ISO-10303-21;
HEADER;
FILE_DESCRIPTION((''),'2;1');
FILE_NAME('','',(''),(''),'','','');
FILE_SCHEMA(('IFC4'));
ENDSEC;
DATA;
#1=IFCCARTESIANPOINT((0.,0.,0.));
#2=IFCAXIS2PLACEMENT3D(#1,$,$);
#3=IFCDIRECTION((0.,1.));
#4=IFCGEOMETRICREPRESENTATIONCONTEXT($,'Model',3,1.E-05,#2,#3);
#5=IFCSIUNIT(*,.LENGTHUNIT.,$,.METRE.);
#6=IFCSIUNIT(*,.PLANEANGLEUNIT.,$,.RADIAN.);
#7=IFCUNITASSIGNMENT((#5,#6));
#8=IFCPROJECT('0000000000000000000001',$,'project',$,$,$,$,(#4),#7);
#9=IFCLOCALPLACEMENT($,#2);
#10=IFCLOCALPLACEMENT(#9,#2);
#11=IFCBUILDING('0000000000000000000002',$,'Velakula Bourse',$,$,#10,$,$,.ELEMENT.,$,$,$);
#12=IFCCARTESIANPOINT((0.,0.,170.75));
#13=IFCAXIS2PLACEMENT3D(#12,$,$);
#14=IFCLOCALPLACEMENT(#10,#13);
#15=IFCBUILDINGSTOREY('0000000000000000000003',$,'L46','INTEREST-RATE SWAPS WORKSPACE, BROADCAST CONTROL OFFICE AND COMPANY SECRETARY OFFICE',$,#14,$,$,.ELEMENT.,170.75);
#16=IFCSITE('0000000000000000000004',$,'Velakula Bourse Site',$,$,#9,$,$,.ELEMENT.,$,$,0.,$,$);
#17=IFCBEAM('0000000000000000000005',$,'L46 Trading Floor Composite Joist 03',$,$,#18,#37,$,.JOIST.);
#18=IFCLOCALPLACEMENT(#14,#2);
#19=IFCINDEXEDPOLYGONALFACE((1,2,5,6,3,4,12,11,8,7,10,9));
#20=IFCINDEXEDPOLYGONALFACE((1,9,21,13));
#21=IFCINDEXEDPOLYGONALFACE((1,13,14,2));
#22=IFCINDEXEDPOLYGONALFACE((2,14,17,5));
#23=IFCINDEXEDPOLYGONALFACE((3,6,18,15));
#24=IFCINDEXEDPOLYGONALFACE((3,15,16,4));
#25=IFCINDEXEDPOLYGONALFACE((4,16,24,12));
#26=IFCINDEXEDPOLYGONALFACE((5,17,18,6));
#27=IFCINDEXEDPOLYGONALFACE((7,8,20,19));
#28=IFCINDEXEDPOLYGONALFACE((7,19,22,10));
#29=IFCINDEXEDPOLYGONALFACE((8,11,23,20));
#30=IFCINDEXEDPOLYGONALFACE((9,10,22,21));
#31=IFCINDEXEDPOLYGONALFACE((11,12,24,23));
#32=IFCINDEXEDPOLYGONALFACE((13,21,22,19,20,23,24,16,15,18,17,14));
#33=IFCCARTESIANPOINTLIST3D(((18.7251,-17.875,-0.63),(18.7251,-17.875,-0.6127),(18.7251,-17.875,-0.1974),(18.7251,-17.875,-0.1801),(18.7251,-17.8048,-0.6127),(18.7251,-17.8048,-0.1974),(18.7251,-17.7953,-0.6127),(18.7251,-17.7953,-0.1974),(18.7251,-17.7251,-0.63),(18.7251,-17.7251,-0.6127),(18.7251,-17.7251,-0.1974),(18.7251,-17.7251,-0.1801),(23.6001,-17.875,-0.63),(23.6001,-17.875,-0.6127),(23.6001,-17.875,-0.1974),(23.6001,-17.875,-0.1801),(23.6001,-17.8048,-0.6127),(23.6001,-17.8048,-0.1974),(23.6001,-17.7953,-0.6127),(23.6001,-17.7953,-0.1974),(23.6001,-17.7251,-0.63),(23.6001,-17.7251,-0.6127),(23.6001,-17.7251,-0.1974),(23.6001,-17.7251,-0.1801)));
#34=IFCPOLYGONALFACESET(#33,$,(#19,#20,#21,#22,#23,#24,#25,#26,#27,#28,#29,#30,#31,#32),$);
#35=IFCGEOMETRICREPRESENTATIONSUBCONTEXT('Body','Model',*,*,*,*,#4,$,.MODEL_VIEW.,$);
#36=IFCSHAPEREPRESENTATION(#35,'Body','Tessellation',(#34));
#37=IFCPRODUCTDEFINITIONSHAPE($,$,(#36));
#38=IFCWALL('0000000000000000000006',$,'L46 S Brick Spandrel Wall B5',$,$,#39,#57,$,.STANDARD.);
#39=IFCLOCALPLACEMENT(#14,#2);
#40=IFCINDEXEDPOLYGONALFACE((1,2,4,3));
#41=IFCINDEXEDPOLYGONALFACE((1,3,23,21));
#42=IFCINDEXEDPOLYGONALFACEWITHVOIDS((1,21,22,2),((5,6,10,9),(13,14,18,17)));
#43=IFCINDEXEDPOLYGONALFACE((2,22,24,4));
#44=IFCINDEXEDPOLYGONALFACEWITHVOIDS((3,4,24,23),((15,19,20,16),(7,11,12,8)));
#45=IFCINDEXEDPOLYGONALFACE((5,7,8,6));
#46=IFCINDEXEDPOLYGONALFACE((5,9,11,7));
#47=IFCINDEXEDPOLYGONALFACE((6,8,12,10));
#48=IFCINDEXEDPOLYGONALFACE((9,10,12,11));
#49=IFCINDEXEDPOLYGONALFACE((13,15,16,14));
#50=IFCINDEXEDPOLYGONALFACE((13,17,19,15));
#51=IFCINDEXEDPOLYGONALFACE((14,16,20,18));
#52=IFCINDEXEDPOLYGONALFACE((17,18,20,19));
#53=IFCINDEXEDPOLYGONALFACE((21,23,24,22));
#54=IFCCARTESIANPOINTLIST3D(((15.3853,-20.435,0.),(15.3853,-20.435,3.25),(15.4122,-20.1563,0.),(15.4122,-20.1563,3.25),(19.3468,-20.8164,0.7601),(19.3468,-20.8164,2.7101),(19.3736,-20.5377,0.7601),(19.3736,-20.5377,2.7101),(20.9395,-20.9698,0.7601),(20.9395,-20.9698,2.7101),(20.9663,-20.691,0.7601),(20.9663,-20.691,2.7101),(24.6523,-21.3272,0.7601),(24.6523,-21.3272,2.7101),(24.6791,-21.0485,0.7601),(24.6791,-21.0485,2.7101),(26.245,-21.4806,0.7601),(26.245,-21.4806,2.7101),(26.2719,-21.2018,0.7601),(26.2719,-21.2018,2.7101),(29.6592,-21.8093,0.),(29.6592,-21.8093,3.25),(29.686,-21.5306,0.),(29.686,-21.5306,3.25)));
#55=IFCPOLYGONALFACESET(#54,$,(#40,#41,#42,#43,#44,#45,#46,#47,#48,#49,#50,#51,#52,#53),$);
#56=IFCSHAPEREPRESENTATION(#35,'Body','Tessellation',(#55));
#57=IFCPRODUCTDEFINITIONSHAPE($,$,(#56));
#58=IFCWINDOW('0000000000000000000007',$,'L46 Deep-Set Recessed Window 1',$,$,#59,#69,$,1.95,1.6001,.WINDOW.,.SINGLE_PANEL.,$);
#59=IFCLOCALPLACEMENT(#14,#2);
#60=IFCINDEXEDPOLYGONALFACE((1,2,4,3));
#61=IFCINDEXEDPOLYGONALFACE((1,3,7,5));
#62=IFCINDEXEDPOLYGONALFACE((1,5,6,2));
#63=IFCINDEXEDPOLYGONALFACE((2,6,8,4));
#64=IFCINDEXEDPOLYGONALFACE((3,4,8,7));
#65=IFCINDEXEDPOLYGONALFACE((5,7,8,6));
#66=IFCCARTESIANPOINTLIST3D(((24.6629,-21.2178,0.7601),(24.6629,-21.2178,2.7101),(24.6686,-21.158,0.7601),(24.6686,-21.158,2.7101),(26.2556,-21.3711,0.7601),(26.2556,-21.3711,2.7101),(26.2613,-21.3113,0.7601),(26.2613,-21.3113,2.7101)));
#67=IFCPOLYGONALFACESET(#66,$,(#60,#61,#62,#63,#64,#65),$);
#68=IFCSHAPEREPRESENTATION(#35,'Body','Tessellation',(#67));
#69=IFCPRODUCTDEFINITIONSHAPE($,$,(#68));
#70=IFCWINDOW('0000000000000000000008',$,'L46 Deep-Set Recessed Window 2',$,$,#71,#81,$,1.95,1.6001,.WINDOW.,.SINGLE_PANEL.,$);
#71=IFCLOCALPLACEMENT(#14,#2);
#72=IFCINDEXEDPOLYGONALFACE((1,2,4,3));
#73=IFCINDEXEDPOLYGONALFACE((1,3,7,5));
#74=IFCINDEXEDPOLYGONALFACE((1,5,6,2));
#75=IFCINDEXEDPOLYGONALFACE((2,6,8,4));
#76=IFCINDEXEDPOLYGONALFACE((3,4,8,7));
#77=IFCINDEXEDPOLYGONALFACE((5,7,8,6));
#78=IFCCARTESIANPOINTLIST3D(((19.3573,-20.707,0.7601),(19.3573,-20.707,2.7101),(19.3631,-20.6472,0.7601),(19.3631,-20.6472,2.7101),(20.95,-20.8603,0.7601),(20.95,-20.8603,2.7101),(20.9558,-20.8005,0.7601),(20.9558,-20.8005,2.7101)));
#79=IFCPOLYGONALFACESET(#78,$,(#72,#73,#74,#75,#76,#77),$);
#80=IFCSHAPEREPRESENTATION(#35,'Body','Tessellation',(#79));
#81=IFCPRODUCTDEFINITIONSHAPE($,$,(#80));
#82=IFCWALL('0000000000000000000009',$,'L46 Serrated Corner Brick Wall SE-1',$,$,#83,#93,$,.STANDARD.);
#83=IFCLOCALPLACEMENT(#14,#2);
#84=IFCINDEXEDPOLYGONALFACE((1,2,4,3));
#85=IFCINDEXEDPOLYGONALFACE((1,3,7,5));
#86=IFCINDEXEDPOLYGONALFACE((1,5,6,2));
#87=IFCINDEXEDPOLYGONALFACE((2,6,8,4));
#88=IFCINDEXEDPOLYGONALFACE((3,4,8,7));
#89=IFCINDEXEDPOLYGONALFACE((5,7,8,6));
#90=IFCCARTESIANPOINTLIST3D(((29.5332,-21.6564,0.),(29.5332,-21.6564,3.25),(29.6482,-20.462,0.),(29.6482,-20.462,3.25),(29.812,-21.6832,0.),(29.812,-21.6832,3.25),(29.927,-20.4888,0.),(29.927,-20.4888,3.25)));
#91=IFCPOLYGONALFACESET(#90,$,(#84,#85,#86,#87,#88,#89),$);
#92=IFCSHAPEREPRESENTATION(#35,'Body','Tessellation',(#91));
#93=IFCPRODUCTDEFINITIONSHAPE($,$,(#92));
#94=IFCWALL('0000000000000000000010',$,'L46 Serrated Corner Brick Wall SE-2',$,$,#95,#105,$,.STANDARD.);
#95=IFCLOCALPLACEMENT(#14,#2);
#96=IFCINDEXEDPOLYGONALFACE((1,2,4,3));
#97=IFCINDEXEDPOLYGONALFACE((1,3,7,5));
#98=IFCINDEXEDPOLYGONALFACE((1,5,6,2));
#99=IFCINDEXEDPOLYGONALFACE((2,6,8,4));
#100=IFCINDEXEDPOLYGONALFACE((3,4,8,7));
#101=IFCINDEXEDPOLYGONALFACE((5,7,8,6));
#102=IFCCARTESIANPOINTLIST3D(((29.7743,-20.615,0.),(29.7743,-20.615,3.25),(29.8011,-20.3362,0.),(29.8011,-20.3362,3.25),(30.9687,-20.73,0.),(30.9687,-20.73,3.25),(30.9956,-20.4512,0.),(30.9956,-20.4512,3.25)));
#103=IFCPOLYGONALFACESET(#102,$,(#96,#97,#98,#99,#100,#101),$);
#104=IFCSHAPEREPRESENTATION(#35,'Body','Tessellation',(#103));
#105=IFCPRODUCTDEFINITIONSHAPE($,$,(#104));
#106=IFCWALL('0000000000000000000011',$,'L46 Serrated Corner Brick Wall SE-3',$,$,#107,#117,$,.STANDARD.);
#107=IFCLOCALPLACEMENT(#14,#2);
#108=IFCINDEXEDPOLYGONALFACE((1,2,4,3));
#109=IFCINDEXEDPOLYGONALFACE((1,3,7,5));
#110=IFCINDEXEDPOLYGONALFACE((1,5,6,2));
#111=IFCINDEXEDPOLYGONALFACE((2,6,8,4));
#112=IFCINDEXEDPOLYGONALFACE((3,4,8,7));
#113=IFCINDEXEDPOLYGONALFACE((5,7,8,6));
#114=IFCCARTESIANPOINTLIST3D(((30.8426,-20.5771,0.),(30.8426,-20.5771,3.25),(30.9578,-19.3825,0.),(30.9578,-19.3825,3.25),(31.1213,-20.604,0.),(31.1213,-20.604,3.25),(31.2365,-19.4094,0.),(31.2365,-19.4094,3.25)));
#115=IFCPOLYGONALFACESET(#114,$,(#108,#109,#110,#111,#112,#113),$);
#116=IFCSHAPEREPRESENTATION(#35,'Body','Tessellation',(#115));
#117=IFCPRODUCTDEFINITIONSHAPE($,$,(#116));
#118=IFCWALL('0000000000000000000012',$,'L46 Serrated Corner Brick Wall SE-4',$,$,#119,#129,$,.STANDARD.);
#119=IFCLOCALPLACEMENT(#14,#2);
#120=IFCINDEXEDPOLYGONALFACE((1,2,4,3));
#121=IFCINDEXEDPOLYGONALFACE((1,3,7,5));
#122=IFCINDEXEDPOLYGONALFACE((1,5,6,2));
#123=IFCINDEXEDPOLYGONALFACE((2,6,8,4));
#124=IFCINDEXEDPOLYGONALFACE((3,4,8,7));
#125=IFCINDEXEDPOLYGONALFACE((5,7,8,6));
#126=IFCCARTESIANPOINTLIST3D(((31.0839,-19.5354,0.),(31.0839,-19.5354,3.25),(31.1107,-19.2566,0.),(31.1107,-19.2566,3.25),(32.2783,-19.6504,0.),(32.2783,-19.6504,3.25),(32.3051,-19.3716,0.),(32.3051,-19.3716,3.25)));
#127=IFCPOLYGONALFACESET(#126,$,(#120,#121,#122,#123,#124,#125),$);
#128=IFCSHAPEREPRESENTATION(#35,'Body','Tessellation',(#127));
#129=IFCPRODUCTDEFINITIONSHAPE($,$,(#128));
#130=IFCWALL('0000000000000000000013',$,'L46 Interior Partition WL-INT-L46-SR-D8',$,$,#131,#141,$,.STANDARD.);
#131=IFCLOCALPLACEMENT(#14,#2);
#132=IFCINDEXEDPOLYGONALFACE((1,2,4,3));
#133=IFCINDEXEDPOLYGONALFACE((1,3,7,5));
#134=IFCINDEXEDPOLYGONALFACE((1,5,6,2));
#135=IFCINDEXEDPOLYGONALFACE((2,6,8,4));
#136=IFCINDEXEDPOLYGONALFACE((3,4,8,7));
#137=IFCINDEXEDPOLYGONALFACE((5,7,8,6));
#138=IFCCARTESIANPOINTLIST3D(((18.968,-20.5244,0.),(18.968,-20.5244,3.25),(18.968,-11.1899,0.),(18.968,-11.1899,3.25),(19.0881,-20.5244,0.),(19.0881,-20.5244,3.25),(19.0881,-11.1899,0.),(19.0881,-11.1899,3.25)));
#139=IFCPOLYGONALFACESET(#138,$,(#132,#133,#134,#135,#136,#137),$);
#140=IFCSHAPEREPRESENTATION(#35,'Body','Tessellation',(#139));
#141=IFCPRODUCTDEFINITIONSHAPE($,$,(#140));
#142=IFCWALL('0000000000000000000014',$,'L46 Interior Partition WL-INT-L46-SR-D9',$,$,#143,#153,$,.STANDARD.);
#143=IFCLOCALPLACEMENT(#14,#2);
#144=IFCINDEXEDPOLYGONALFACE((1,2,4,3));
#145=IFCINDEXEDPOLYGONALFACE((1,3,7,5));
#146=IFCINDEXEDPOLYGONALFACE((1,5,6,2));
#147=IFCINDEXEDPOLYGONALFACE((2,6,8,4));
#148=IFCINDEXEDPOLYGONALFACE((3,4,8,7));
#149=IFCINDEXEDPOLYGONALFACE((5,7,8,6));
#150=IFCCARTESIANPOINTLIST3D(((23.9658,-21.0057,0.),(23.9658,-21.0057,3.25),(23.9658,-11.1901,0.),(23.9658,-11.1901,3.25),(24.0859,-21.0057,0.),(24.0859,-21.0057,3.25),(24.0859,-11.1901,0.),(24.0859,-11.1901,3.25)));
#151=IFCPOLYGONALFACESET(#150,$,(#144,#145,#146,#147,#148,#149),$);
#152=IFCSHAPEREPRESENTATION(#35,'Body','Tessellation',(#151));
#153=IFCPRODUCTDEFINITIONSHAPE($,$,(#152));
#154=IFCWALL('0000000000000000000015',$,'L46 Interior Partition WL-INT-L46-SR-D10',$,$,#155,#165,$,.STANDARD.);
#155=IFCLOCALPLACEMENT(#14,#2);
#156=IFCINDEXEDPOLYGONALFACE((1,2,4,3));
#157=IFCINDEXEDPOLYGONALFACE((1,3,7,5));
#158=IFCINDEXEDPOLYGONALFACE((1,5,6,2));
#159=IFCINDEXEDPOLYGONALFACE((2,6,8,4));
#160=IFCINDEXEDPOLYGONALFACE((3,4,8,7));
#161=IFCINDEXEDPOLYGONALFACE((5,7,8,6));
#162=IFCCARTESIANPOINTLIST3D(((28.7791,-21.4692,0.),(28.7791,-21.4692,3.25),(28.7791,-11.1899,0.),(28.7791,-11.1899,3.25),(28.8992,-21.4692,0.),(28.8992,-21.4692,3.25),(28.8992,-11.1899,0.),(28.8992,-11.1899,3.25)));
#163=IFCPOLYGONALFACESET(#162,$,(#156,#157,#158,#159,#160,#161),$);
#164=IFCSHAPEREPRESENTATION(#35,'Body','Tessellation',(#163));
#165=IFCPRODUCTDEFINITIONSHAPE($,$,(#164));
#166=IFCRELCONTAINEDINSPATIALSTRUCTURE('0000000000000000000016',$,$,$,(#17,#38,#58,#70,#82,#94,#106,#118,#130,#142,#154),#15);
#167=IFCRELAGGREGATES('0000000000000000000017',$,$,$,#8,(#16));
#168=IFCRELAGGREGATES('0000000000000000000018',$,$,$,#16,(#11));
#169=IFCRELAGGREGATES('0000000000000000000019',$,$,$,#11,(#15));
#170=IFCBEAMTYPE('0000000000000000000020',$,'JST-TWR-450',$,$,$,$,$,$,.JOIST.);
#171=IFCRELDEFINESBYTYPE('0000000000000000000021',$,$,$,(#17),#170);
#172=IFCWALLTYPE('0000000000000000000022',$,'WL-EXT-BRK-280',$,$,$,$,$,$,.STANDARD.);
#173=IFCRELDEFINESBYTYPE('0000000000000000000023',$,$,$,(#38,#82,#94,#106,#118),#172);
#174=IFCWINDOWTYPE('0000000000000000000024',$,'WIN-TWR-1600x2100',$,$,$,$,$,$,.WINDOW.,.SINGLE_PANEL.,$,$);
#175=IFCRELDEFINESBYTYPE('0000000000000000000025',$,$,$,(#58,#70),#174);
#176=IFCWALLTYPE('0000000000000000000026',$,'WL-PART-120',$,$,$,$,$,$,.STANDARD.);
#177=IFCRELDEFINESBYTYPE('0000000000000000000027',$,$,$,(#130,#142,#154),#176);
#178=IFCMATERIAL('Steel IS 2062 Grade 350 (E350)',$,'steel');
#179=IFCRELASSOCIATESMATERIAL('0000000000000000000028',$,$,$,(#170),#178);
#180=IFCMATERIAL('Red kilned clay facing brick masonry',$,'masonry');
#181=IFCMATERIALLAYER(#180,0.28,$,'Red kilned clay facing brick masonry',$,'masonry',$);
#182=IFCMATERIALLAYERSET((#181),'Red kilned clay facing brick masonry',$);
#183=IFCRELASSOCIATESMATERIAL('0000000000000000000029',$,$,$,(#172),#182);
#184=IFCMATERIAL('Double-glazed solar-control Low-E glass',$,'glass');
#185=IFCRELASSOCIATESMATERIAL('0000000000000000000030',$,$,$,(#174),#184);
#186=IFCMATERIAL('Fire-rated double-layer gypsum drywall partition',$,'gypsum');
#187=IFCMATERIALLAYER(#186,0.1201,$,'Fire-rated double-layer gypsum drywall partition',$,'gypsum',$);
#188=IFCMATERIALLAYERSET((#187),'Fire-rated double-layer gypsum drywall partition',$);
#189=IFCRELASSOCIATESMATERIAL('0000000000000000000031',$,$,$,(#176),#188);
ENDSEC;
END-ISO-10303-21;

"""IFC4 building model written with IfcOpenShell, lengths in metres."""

from ifc_helpers import new_model, si_unit, direction, frame, frame_2d, origin, origin_2d, place, context, subcontext, project, spatial, rectangle, i_section, extrude, material, layer, layer_set, material_profile, profile_set, type_object, element, fill, save


model = new_model("IFC4")

# Units and contexts
model_context = context("Model", 3, precision=1e-05, world=origin(), true_north=direction((0.0, 1.0)))
body_context = subcontext(model_context, "Body", "Model", "MODEL_VIEW")
ifc_project = project(units=[si_unit("LENGTHUNIT", "METRE"), si_unit("PLANEANGLEUNIT", "RADIAN")], contexts=[model_context])

# Site, building, storey
site_placement = place(None, origin())
site = spatial("IfcSite", under=ifc_project, at=site_placement, Name="Velakula Bourse Site", CompositionType="ELEMENT", RefElevation=0.0)
building_placement = place(site_placement, origin())
building = spatial("IfcBuilding", under=site, at=building_placement, Name="Velakula Bourse", CompositionType="ELEMENT")
storey_placement = place(building_placement, frame((0.0, 0.0, 170.75)))
storey = spatial("IfcBuildingStorey", under=building, at=storey_placement, Name="L46", Description="INTEREST-RATE SWAPS WORKSPACE, BROADCAST CONTROL OFFICE AND COMPANY SECRETARY OFFICE", CompositionType="ELEMENT", Elevation=170.75)

# Shared definitions
ifc_material_1 = material(Name="Steel IS 2062 Grade 350 (E350)", Category="steel")

# Beam
ifc_material_profile_1 = material_profile(ifc_material_1, i_section(OverallWidth=0.1499, OverallDepth=0.45, WebThickness=0.0095, FlangeThickness=0.0173, at=origin_2d()), Name="Steel IS 2062 Grade 350 (E350)")
ifc_profile_set_1 = profile_set([ifc_material_profile_1], Name="Steel IS 2062 Grade 350 (E350)")
beam_type_1 = type_object("IfcBeamType", Name="JST-TWR-450", PredefinedType="JOIST", material=ifc_profile_set_1)
beam_1_placement = place(storey_placement, frame((18.7251, -17.8, -0.405), z_axis=(1.0, 0.0, 0.0), x_axis=(0.0, 1.0, 0.0)))
element("IfcBeam", 1, at=beam_1_placement, inside=storey, type_object=beam_type_1, Name="L46 Trading Floor Composite Joist 03", PredefinedType="JOIST", context=body_context, shape_type="SweptSolid", body=[
    extrude(i_section(OverallWidth=0.1499, OverallDepth=0.45, WebThickness=0.0095, FlangeThickness=0.0173, at=origin_2d()), origin(), (0.0, 0.0, 1.0), 4.875),
])

# Wall, openings, windows
ifc_material_2 = material(Name="Red kilned clay facing brick masonry", Category="masonry")
ifc_layer_1 = layer(ifc_material_2, 0.28, Name="Red kilned clay facing brick masonry", Category="masonry")
ifc_layer_set_1 = layer_set([ifc_layer_1], Name="Red kilned clay facing brick masonry")
wall_type_1 = type_object("IfcWallType", Name="WL-EXT-BRK-280", PredefinedType="STANDARD", material=ifc_layer_set_1)
wall_1_placement = place(storey_placement, frame((29.6726, -21.6699, 0.0), z_axis=(0.0, 0.0, 1.0), x_axis=(-0.995397, 0.095835, 0.0)))
wall_1 = element("IfcWall", 2, at=wall_1_placement, inside=storey, type_object=wall_type_1, Name="L46 S Brick Spandrel Wall B5", PredefinedType="STANDARD", context=body_context, shape_type="SweptSolid", body=[
    extrude(rectangle(XDim=14.3398, YDim=0.28, at=frame_2d((7.1699, 0.0))), origin(), (0.0, 0.0, 1.0), 3.25),
])
opening_1_placement = place(wall_1_placement, frame((3.4299, 0.0, 0.76)))
opening_1 = element("IfcOpeningElement", 3, at=opening_1_placement, cuts=wall_1, PredefinedType="OPENING", context=body_context, shape_type="SweptSolid", body=[
    extrude(rectangle(XDim=1.6001, YDim=1.95, at=frame_2d((0.8, 0.9751))), frame((0.0, 0.1499, 0.0), z_axis=(0.0, -1.0, 0.0), x_axis=(1.0, 0.0, 0.0)), (0.0, 0.0, 1.0), 0.3),
])
opening_2_placement = place(wall_1_placement, frame((8.76, 0.0, 0.76)))
opening_2 = element("IfcOpeningElement", 4, at=opening_2_placement, cuts=wall_1, PredefinedType="OPENING", context=body_context, shape_type="SweptSolid", body=[
    extrude(rectangle(XDim=1.6001, YDim=1.95, at=frame_2d((0.8, 0.9751))), frame((0.0, 0.1499, 0.0), z_axis=(0.0, -1.0, 0.0), x_axis=(1.0, 0.0, 0.0)), (0.0, 0.0, 1.0), 0.3),
])
ifc_material_3 = material(Name="Double-glazed solar-control Low-E glass", Category="glass")
window_type = type_object("IfcWindowType", Name="WIN-TWR-1600x2100", PartitioningType="SINGLE_PANEL", PredefinedType="WINDOW", material=ifc_material_3)
window_1_placement = place(opening_1_placement, origin())
window_1 = element("IfcWindow", 5, at=window_1_placement, inside=storey, type_object=window_type, Name="L46 Deep-Set Recessed Window 1", OverallHeight=1.95, OverallWidth=1.6001, PartitioningType="SINGLE_PANEL", PredefinedType="WINDOW", context=body_context, shape_type="SweptSolid", body=[
    extrude(rectangle(XDim=1.6001, YDim=1.95, at=frame_2d((0.8, 0.9751))), frame((0.0, 0.03, 0.0), z_axis=(0.0, -1.0, 0.0), x_axis=(1.0, 0.0, 0.0)), (0.0, 0.0, 1.0), 0.0601),
])
fill(opening_1, window_1)
window_2_placement = place(opening_2_placement, origin())
window_2 = element("IfcWindow", 6, at=window_2_placement, inside=storey, type_object=window_type, Name="L46 Deep-Set Recessed Window 2", OverallHeight=1.95, OverallWidth=1.6001, PartitioningType="SINGLE_PANEL", PredefinedType="WINDOW", context=body_context, shape_type="SweptSolid", body=[
    extrude(rectangle(XDim=1.6001, YDim=1.95, at=frame_2d((0.8, 0.9751))), frame((0.0, 0.03, 0.0), z_axis=(0.0, -1.0, 0.0), x_axis=(1.0, 0.0, 0.0)), (0.0, 0.0, 1.0), 0.0601),
])
fill(opening_2, window_2)

# Walls
for number, where, z_axis, x_axis, name in (
    (7, (29.6726, -21.6699, 0.0), (0.0, 0.0, 1.0), (0.095836, 0.995397, 0.0), "L46 Serrated Corner Brick Wall SE-1"),
    (8, (29.7876, -20.4756, 0.0), (0.0, 0.0, 1.0), (0.995397, -0.095836, 0.0), "L46 Serrated Corner Brick Wall SE-2"),
):
    element("IfcWall", number, at=place(storey_placement, frame(where, z_axis=z_axis, x_axis=x_axis)), inside=storey, type_object=wall_type_1, Name=name, PredefinedType="STANDARD", context=body_context, shape_type="SweptSolid", body=[
        extrude(rectangle(XDim=1.2, YDim=0.28, at=frame_2d((0.6001, 0.0))), origin(), (0.0, 0.0, 1.0), 3.25),
    ])
wall_2_placement = place(storey_placement, frame((30.9819, -20.5906, 0.0), z_axis=(0.0, 0.0, 1.0), x_axis=(0.096019, 0.99538, 0.0)))
element("IfcWall", 9, at=wall_2_placement, inside=storey, type_object=wall_type_1, Name="L46 Serrated Corner Brick Wall SE-3", PredefinedType="STANDARD", context=body_context, shape_type="SweptSolid", body=[
    extrude(rectangle(XDim=1.2002, YDim=0.28, at=frame_2d((0.6001, 0.0))), origin(), (0.0, 0.0, 1.0), 3.25),
])
wall_3_placement = place(storey_placement, frame((31.0972, -19.396, 0.0), z_axis=(0.0, 0.0, 1.0), x_axis=(0.995397, -0.095836, 0.0)))
element("IfcWall", 10, at=wall_3_placement, inside=storey, type_object=wall_type_1, Name="L46 Serrated Corner Brick Wall SE-4", PredefinedType="STANDARD", context=body_context, shape_type="SweptSolid", body=[
    extrude(rectangle(XDim=1.2, YDim=0.28, at=frame_2d((0.6001, 0.0))), origin(), (0.0, 0.0, 1.0), 3.25),
])
ifc_material_4 = material(Name="Fire-rated double-layer gypsum drywall partition", Category="gypsum")
ifc_layer_2 = layer(ifc_material_4, 0.1201, Name="Fire-rated double-layer gypsum drywall partition", Category="gypsum")
ifc_layer_set_2 = layer_set([ifc_layer_2], Name="Fire-rated double-layer gypsum drywall partition")
wall_type_2 = type_object("IfcWallType", Name="WL-PART-120", PredefinedType="STANDARD", material=ifc_layer_set_2)
wall_4_placement = place(storey_placement, frame((19.0281, -20.5244, 0.0), z_axis=(0.0, 0.0, 1.0), x_axis=(0.0, 1.0, 0.0)))
element("IfcWall", 11, at=wall_4_placement, inside=storey, type_object=wall_type_2, Name="L46 Interior Partition WL-INT-L46-SR-D8", PredefinedType="STANDARD", context=body_context, shape_type="SweptSolid", body=[
    extrude(rectangle(XDim=9.3345, YDim=0.1201, at=frame_2d((4.6672, 0.0))), origin(), (0.0, 0.0, 1.0), 3.25),
])
wall_5_placement = place(storey_placement, frame((24.0259, -21.0056, 0.0), z_axis=(0.0, 0.0, 1.0), x_axis=(0.0, 1.0, 0.0)))
element("IfcWall", 12, at=wall_5_placement, inside=storey, type_object=wall_type_2, Name="L46 Interior Partition WL-INT-L46-SR-D9", PredefinedType="STANDARD", context=body_context, shape_type="SweptSolid", body=[
    extrude(rectangle(XDim=9.8157, YDim=0.1201, at=frame_2d((4.9077, 0.0))), origin(), (0.0, 0.0, 1.0), 3.25),
])
wall_6_placement = place(storey_placement, frame((28.8391, -21.4692, 0.0), z_axis=(0.0, 0.0, 1.0), x_axis=(0.0, 1.0, 0.0)))
element("IfcWall", 13, at=wall_6_placement, inside=storey, type_object=wall_type_2, Name="L46 Interior Partition WL-INT-L46-SR-D10", PredefinedType="STANDARD", context=body_context, shape_type="SweptSolid", body=[
    extrude(rectangle(XDim=10.2793, YDim=0.1201, at=frame_2d((5.1396, 0.0))), origin(), (0.0, 0.0, 1.0), 3.25),
])

save(model, "model.ifc")
